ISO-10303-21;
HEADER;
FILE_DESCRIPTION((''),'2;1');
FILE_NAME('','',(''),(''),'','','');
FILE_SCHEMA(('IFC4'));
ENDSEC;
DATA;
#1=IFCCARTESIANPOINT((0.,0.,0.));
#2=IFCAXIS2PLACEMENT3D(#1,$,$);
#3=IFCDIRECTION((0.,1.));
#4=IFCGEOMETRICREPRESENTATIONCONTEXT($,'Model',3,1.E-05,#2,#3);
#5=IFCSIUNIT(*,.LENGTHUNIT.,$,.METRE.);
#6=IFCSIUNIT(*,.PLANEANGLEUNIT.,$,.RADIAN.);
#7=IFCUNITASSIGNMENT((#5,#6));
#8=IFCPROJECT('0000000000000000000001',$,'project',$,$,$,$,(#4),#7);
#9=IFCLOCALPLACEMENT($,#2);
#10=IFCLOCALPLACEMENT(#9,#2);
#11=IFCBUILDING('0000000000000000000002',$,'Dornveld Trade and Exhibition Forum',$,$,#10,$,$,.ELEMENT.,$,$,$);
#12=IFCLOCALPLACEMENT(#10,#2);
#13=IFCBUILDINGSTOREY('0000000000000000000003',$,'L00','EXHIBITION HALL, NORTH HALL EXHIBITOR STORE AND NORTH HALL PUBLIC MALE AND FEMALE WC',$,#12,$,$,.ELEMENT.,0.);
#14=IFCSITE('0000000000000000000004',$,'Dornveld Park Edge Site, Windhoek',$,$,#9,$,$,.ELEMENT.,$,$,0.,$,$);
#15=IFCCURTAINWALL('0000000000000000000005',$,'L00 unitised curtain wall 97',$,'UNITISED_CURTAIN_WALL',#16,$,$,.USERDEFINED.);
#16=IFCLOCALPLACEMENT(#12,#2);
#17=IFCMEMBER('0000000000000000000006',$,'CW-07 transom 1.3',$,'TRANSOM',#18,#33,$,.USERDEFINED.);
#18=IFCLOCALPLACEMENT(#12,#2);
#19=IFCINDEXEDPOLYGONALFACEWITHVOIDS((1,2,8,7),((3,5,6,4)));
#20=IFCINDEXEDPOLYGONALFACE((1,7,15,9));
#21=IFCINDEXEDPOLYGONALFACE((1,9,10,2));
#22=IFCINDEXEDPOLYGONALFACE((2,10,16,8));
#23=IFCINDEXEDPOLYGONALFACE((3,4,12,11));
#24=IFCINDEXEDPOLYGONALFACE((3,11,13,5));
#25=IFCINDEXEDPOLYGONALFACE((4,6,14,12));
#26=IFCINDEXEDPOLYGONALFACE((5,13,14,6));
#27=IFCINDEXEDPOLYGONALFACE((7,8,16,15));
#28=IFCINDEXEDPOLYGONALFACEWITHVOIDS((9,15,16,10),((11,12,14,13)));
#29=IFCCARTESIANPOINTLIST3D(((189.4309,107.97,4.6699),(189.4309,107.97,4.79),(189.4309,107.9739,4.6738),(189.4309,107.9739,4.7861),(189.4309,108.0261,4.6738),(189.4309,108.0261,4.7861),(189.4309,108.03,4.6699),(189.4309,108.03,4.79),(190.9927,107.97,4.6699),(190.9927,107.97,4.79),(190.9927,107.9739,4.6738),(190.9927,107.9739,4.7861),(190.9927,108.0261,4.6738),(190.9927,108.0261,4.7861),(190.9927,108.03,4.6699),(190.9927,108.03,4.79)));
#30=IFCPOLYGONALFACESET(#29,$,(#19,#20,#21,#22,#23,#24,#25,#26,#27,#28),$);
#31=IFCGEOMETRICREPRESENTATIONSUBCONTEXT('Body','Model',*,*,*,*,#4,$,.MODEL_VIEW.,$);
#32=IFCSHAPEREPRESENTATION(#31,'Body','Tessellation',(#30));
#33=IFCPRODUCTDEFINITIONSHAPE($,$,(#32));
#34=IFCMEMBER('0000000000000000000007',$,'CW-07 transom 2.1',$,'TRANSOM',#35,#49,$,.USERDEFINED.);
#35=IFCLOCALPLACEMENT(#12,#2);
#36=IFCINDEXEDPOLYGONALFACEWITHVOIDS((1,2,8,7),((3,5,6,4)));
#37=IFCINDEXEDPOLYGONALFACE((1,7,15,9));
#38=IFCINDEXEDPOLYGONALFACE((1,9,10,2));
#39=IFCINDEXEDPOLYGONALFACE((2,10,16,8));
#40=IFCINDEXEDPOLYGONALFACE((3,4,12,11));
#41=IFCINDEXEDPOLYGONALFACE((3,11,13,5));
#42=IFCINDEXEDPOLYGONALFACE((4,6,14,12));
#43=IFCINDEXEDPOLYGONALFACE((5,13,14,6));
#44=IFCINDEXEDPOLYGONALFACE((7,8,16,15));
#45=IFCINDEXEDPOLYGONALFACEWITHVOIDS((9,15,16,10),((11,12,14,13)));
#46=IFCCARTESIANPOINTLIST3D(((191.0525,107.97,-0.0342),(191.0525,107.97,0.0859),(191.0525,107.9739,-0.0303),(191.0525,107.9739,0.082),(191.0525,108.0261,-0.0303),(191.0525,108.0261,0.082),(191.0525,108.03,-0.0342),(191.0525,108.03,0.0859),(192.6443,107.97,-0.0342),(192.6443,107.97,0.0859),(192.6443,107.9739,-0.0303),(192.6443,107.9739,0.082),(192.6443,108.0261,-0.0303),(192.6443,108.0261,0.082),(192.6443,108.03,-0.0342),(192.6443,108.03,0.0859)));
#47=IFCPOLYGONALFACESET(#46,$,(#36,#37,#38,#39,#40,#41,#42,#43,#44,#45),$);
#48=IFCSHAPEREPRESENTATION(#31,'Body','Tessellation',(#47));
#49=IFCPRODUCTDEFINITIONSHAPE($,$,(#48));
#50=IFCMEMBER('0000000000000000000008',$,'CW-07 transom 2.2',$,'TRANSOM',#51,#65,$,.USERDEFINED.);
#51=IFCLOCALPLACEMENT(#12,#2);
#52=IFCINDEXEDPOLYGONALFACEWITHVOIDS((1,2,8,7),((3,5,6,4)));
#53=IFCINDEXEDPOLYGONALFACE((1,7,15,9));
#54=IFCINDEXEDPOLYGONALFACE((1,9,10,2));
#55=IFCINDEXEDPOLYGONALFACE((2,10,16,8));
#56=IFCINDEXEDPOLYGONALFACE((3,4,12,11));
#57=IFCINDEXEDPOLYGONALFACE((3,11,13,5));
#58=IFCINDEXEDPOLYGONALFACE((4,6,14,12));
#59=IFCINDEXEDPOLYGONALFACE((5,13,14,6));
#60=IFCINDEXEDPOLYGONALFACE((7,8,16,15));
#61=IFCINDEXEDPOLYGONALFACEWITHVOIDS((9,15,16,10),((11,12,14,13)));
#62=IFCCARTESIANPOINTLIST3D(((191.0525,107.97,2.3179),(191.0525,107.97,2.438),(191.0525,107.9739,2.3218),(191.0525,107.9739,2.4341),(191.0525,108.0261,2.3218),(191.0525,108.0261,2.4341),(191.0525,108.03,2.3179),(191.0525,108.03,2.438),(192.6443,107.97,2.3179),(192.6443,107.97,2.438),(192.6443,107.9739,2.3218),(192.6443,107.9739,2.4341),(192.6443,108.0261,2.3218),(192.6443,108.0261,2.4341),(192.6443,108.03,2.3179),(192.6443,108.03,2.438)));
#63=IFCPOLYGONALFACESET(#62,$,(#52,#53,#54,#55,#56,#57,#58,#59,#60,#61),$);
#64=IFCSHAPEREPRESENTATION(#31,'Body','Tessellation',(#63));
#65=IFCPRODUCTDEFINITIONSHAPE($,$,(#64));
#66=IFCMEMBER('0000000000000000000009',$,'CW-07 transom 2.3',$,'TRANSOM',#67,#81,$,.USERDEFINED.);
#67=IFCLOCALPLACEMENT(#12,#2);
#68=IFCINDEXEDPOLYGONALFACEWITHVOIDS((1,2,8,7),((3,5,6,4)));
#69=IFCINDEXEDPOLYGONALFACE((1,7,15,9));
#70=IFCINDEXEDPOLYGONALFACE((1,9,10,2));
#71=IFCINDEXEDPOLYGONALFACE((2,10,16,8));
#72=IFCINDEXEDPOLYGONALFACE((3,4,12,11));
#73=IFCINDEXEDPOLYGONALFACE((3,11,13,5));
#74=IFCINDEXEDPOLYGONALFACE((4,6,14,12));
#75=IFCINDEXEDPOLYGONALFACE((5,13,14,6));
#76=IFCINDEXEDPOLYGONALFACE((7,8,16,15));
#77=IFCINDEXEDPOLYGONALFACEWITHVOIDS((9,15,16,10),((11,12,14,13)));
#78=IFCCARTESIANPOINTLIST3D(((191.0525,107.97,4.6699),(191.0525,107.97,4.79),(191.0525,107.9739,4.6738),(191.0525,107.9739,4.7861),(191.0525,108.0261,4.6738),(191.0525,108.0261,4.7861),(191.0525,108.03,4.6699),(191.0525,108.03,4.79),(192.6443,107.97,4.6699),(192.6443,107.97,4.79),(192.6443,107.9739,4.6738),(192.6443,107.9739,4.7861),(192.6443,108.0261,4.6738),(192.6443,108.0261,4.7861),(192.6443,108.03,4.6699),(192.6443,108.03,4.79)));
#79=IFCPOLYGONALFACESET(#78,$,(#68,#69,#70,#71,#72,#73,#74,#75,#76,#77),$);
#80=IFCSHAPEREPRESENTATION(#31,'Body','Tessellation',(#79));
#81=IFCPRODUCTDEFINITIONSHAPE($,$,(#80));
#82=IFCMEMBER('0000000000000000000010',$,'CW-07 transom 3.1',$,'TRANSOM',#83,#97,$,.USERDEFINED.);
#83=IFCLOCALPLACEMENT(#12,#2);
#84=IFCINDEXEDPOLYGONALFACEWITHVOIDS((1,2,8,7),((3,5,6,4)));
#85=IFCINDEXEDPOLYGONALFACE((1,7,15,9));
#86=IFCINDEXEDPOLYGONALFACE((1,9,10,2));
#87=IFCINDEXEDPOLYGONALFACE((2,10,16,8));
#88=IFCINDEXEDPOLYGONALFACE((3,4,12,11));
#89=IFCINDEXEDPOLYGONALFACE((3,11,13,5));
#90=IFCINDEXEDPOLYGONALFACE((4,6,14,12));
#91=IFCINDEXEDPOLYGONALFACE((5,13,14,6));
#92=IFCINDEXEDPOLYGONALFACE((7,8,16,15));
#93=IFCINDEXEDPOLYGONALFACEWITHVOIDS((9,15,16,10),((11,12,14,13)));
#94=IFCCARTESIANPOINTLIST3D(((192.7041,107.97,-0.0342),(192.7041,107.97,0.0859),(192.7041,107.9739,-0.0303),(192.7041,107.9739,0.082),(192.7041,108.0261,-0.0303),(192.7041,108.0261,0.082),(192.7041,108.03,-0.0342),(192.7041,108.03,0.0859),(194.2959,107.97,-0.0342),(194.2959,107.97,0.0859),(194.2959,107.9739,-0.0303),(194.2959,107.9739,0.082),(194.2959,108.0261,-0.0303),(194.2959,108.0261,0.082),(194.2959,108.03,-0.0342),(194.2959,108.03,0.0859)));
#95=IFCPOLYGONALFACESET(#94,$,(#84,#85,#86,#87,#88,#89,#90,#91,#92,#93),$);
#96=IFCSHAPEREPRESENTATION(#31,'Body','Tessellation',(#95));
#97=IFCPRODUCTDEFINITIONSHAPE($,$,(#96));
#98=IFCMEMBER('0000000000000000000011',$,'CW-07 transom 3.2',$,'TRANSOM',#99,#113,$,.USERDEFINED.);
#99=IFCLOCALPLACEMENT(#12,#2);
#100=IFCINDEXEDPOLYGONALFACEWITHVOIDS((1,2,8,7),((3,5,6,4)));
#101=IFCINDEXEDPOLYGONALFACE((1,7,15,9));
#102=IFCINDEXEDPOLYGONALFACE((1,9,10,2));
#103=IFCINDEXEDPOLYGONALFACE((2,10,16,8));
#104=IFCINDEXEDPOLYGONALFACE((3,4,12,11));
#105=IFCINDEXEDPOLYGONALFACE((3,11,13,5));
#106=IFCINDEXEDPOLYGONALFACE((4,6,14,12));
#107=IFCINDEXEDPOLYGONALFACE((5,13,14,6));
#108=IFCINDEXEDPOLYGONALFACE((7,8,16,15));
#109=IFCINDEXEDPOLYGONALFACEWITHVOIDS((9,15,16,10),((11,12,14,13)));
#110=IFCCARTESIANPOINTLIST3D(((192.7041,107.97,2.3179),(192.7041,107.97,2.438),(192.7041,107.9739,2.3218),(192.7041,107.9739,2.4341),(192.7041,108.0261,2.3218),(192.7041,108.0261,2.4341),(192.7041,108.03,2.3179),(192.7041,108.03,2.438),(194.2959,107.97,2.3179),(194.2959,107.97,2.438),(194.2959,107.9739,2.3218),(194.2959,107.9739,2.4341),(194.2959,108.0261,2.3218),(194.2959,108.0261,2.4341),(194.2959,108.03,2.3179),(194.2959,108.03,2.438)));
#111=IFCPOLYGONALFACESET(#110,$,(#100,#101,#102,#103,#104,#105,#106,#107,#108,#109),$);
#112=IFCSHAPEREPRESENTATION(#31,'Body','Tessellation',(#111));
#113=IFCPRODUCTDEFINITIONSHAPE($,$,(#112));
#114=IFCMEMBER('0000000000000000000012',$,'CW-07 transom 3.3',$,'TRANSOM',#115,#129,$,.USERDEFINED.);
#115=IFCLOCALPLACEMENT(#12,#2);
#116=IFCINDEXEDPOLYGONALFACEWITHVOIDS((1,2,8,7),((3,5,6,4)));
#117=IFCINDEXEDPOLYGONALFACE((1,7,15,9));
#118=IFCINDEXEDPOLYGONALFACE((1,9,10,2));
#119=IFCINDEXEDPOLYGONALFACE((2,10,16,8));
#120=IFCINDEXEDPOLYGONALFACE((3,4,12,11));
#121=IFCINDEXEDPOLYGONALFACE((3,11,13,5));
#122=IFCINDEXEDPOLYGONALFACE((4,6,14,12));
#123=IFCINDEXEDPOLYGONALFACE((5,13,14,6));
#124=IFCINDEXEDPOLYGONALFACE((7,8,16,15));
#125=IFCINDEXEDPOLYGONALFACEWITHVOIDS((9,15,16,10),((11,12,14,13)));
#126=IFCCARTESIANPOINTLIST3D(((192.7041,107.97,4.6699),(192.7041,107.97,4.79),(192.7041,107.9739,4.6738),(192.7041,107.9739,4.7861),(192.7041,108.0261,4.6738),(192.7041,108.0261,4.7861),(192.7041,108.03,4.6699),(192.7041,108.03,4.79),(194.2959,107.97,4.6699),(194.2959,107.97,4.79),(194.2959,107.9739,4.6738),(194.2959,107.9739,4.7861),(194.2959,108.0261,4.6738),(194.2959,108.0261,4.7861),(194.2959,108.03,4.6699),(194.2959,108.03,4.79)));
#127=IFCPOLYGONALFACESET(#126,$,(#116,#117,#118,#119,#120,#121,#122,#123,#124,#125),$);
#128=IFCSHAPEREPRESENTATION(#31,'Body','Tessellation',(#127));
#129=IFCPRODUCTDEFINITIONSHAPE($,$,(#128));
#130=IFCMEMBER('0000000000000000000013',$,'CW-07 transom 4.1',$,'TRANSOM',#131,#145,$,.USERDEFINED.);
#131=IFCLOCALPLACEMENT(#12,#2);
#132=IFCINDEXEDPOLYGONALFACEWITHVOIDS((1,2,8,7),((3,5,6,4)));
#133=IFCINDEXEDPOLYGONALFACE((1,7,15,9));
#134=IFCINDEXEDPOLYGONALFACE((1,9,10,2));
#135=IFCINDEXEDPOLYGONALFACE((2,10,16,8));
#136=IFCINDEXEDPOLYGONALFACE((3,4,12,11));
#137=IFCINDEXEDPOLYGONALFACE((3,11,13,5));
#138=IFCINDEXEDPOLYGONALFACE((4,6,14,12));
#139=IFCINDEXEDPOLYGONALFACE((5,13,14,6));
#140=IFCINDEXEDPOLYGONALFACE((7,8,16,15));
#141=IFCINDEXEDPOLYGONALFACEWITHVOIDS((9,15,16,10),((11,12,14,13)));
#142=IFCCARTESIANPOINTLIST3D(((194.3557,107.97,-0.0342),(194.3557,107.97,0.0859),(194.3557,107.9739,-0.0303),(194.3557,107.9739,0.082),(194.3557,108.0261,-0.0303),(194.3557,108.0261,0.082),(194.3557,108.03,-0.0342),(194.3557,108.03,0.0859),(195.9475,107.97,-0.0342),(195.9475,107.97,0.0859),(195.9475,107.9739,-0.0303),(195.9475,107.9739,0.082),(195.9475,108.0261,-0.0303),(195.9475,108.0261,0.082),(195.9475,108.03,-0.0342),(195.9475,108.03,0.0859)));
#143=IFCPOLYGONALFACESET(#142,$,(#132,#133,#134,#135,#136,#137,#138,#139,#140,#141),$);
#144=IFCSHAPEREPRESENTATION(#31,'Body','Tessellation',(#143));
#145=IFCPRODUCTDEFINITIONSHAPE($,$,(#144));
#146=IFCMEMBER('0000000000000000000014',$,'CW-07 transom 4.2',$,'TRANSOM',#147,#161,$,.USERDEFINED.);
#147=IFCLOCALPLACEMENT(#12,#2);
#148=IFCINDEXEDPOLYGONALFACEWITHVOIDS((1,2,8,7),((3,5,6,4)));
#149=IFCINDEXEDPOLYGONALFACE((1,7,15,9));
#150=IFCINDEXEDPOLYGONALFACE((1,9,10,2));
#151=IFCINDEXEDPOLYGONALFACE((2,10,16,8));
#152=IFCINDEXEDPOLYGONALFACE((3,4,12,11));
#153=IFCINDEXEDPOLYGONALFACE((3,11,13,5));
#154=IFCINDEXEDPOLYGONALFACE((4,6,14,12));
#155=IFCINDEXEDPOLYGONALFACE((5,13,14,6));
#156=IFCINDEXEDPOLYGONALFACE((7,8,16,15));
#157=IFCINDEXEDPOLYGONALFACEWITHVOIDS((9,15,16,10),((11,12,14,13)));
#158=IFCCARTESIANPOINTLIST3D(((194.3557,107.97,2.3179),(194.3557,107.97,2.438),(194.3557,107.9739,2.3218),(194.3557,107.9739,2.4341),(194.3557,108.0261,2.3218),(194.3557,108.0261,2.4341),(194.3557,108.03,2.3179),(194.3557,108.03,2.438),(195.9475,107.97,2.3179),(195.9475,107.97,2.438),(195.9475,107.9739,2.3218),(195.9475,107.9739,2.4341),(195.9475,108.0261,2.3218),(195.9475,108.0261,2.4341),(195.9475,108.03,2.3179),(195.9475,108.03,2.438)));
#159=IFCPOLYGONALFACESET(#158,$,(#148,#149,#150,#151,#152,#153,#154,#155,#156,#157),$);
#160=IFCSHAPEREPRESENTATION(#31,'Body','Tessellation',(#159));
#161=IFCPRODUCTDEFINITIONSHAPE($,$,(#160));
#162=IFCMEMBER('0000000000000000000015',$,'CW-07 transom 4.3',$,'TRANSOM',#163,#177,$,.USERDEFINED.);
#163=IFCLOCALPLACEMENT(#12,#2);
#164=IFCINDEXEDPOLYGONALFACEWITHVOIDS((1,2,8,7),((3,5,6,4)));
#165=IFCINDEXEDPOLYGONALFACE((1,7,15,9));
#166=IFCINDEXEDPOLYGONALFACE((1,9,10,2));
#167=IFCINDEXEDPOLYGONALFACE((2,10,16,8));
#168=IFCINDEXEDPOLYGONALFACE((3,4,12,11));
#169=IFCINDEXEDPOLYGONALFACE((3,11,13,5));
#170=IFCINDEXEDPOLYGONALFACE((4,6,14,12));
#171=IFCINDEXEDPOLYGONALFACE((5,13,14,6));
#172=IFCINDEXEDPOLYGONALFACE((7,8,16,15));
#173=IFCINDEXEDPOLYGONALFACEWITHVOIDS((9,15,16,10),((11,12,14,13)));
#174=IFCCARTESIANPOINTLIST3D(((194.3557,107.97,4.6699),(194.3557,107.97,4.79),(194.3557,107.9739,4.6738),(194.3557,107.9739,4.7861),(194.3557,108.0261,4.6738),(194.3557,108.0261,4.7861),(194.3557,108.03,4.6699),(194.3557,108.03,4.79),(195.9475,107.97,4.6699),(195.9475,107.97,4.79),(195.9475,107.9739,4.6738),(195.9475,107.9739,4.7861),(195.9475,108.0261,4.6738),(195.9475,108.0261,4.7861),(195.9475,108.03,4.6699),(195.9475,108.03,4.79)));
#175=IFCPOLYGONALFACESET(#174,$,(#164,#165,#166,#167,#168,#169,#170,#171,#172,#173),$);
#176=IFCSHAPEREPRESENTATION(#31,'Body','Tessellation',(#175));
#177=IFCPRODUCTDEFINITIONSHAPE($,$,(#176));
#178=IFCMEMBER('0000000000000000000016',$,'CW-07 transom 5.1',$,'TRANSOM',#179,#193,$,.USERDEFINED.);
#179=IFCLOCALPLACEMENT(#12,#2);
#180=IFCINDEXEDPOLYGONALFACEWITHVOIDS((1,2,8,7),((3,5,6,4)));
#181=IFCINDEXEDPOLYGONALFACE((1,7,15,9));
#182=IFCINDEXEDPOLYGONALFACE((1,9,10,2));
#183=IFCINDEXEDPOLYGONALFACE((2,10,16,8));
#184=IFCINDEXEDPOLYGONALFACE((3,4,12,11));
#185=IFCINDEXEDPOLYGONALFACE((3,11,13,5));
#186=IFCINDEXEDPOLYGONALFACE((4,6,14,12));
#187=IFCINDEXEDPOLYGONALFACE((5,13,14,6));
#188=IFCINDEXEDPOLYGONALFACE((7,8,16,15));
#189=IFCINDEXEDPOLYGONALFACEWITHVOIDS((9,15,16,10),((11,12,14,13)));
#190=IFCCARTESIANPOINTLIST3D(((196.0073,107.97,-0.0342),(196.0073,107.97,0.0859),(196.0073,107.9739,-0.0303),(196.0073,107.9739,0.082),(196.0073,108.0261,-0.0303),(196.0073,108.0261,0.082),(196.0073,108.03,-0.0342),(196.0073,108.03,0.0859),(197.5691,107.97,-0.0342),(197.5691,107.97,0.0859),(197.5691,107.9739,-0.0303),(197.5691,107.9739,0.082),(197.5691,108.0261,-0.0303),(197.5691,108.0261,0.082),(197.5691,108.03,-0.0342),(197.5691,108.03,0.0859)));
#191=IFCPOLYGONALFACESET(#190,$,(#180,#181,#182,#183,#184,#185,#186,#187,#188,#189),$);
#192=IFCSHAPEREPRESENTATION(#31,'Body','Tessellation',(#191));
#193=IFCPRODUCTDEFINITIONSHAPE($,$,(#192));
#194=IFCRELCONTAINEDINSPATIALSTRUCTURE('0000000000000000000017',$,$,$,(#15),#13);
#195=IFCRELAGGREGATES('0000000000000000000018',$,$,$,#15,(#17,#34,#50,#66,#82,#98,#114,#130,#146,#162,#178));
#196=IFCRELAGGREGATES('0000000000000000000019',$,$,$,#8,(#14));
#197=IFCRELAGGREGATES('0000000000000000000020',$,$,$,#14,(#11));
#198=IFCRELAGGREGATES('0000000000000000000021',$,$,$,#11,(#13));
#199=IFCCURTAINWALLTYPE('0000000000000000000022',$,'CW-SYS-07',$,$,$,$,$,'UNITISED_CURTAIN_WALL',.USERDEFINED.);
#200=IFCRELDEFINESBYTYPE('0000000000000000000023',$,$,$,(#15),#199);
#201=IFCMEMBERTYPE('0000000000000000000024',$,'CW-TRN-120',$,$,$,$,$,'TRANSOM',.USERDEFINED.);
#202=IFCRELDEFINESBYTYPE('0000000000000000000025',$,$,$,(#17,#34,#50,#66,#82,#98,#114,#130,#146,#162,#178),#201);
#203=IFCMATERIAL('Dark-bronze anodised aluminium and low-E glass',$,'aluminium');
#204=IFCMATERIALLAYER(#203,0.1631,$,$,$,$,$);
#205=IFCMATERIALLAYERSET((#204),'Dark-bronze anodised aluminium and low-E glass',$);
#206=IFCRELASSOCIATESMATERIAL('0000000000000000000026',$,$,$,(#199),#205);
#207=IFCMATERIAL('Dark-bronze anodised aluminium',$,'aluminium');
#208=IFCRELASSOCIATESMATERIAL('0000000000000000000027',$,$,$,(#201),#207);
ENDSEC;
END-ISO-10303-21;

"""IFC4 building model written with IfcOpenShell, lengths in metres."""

from ifc_helpers import new_model, si_unit, direction, frame, origin, origin_2d, place, context, subcontext, project, spatial, hollow_rectangle, extrude, material, layer, layer_set, material_profile, profile_set, type_object, element, aggregate, save


model = new_model("IFC4")

# Units and contexts
model_context = context("Model", 3, precision=1e-05, world=origin(), true_north=direction((0.0, 1.0)))
body_context = subcontext(model_context, "Body", "Model", "MODEL_VIEW")
ifc_project = project(units=[si_unit("LENGTHUNIT", "METRE"), si_unit("PLANEANGLEUNIT", "RADIAN")], contexts=[model_context])

# Site, building, storey
site_placement = place(None, origin())
site = spatial("IfcSite", under=ifc_project, at=site_placement, Name="Dornveld Park Edge Site, Windhoek", CompositionType="ELEMENT", RefElevation=0.0)
building_placement = place(site_placement, origin())
building = spatial("IfcBuilding", under=site, at=building_placement, Name="Dornveld Trade and Exhibition Forum", CompositionType="ELEMENT")
storey_placement = place(building_placement, origin())
storey = spatial("IfcBuildingStorey", under=building, at=storey_placement, Name="L00", Description="EXHIBITION HALL, NORTH HALL EXHIBITOR STORE AND NORTH HALL PUBLIC MALE AND FEMALE WC", CompositionType="ELEMENT", Elevation=0.0)

# Curtain wall, members
ifc_material_1 = material(Name="Dark-bronze anodised aluminium and low-E glass", Category="aluminium")
ifc_layer_1 = layer(ifc_material_1, 0.1631)
ifc_layer_set_1 = layer_set([ifc_layer_1], Name="Dark-bronze anodised aluminium and low-E glass")
curtain_wall_type_1 = type_object("IfcCurtainWallType", Name="CW-SYS-07", ElementType="UNITISED_CURTAIN_WALL", PredefinedType="USERDEFINED", material=ifc_layer_set_1)
curtain_wall_1_placement = place(storey_placement, origin())
curtain_wall_1 = element("IfcCurtainWall", 1, at=curtain_wall_1_placement, inside=storey, type_object=curtain_wall_type_1, Name="L00 unitised curtain wall 97", ObjectType="UNITISED_CURTAIN_WALL", PredefinedType="USERDEFINED")
ifc_material_2 = material(Name="Dark-bronze anodised aluminium", Category="aluminium")
ifc_material_profile_1 = material_profile(ifc_material_2, hollow_rectangle(XDim=0.0601, YDim=0.1201, WallThickness=0.0039, at=origin_2d()), Name="RHS 120x60x4")
ifc_profile_set_1 = profile_set([ifc_material_profile_1], Name="Dark-bronze anodised aluminium")
member_type_1 = type_object("IfcMemberType", Name="CW-TRN-120", ElementType="TRANSOM", PredefinedType="USERDEFINED", material=ifc_profile_set_1)
member_1_placement = place(storey_placement, frame((189.4309, 108.0, 4.73), z_axis=(1.0, 0.0, 0.0), x_axis=(0.0, 1.0, 0.0)))
member_1 = element("IfcMember", 2, at=member_1_placement, type_object=member_type_1, Name="CW-07 transom 1.3", ObjectType="TRANSOM", PredefinedType="USERDEFINED", context=body_context, shape_type="SweptSolid", body=[
    extrude(hollow_rectangle(XDim=0.0601, YDim=0.1201, WallThickness=0.0039, at=origin_2d()), origin(), (0.0, 0.0, 1.0), 1.5618),
])
member_2_placement = place(storey_placement, frame((191.0525, 108.0, 0.0259), z_axis=(1.0, 0.0, 0.0), x_axis=(0.0, 1.0, 0.0)))
member_2 = element("IfcMember", 3, at=member_2_placement, type_object=member_type_1, Name="CW-07 transom 2.1", ObjectType="TRANSOM", PredefinedType="USERDEFINED", context=body_context, shape_type="SweptSolid", body=[
    extrude(hollow_rectangle(XDim=0.0601, YDim=0.1201, WallThickness=0.0039, at=origin_2d()), origin(), (0.0, 0.0, 1.0), 1.5918),
])
member_3_placement = place(storey_placement, frame((191.0525, 108.0, 2.3779), z_axis=(1.0, 0.0, 0.0), x_axis=(0.0, 1.0, 0.0)))
member_3 = element("IfcMember", 4, at=member_3_placement, type_object=member_type_1, Name="CW-07 transom 2.2", ObjectType="TRANSOM", PredefinedType="USERDEFINED", context=body_context, shape_type="SweptSolid", body=[
    extrude(hollow_rectangle(XDim=0.0601, YDim=0.1201, WallThickness=0.0039, at=origin_2d()), origin(), (0.0, 0.0, 1.0), 1.5918),
])
member_4_placement = place(storey_placement, frame((191.0525, 108.0, 4.73), z_axis=(1.0, 0.0, 0.0), x_axis=(0.0, 1.0, 0.0)))
member_4 = element("IfcMember", 5, at=member_4_placement, type_object=member_type_1, Name="CW-07 transom 2.3", ObjectType="TRANSOM", PredefinedType="USERDEFINED", context=body_context, shape_type="SweptSolid", body=[
    extrude(hollow_rectangle(XDim=0.0601, YDim=0.1201, WallThickness=0.0039, at=origin_2d()), origin(), (0.0, 0.0, 1.0), 1.5918),
])
member_5_placement = place(storey_placement, frame((192.7041, 108.0, 0.0259), z_axis=(1.0, 0.0, 0.0), x_axis=(0.0, 1.0, 0.0)))
member_5 = element("IfcMember", 6, at=member_5_placement, type_object=member_type_1, Name="CW-07 transom 3.1", ObjectType="TRANSOM", PredefinedType="USERDEFINED", context=body_context, shape_type="SweptSolid", body=[
    extrude(hollow_rectangle(XDim=0.0601, YDim=0.1201, WallThickness=0.0039, at=origin_2d()), origin(), (0.0, 0.0, 1.0), 1.5918),
])
member_6_placement = place(storey_placement, frame((192.7041, 108.0, 2.3779), z_axis=(1.0, 0.0, 0.0), x_axis=(0.0, 1.0, 0.0)))
member_6 = element("IfcMember", 7, at=member_6_placement, type_object=member_type_1, Name="CW-07 transom 3.2", ObjectType="TRANSOM", PredefinedType="USERDEFINED", context=body_context, shape_type="SweptSolid", body=[
    extrude(hollow_rectangle(XDim=0.0601, YDim=0.1201, WallThickness=0.0039, at=origin_2d()), origin(), (0.0, 0.0, 1.0), 1.5918),
])
member_7_placement = place(storey_placement, frame((192.7041, 108.0, 4.73), z_axis=(1.0, 0.0, 0.0), x_axis=(0.0, 1.0, 0.0)))
member_7 = element("IfcMember", 8, at=member_7_placement, type_object=member_type_1, Name="CW-07 transom 3.3", ObjectType="TRANSOM", PredefinedType="USERDEFINED", context=body_context, shape_type="SweptSolid", body=[
    extrude(hollow_rectangle(XDim=0.0601, YDim=0.1201, WallThickness=0.0039, at=origin_2d()), origin(), (0.0, 0.0, 1.0), 1.5918),
])
member_8_placement = place(storey_placement, frame((194.3557, 108.0, 0.0259), z_axis=(1.0, 0.0, 0.0), x_axis=(0.0, 1.0, 0.0)))
member_8 = element("IfcMember", 9, at=member_8_placement, type_object=member_type_1, Name="CW-07 transom 4.1", ObjectType="TRANSOM", PredefinedType="USERDEFINED", context=body_context, shape_type="SweptSolid", body=[
    extrude(hollow_rectangle(XDim=0.0601, YDim=0.1201, WallThickness=0.0039, at=origin_2d()), origin(), (0.0, 0.0, 1.0), 1.5918),
])
member_9_placement = place(storey_placement, frame((194.3557, 108.0, 2.3779), z_axis=(1.0, 0.0, 0.0), x_axis=(0.0, 1.0, 0.0)))
member_9 = element("IfcMember", 10, at=member_9_placement, type_object=member_type_1, Name="CW-07 transom 4.2", ObjectType="TRANSOM", PredefinedType="USERDEFINED", context=body_context, shape_type="SweptSolid", body=[
    extrude(hollow_rectangle(XDim=0.0601, YDim=0.1201, WallThickness=0.0039, at=origin_2d()), origin(), (0.0, 0.0, 1.0), 1.5918),
])
member_10_placement = place(storey_placement, frame((194.3557, 108.0, 4.73), z_axis=(1.0, 0.0, 0.0), x_axis=(0.0, 1.0, 0.0)))
member_10 = element("IfcMember", 11, at=member_10_placement, type_object=member_type_1, Name="CW-07 transom 4.3", ObjectType="TRANSOM", PredefinedType="USERDEFINED", context=body_context, shape_type="SweptSolid", body=[
    extrude(hollow_rectangle(XDim=0.0601, YDim=0.1201, WallThickness=0.0039, at=origin_2d()), origin(), (0.0, 0.0, 1.0), 1.5918),
])
member_11_placement = place(storey_placement, frame((196.0073, 108.0, 0.0259), z_axis=(1.0, 0.0, 0.0), x_axis=(0.0, 1.0, 0.0)))
member_11 = element("IfcMember", 12, at=member_11_placement, type_object=member_type_1, Name="CW-07 transom 5.1", ObjectType="TRANSOM", PredefinedType="USERDEFINED", context=body_context, shape_type="SweptSolid", body=[
    extrude(hollow_rectangle(XDim=0.0601, YDim=0.1201, WallThickness=0.0039, at=origin_2d()), origin(), (0.0, 0.0, 1.0), 1.5618),
])
aggregate(curtain_wall_1, [member_1, member_2, member_3, member_4, member_5, member_6, member_7, member_8, member_9, member_10, member_11])

save(model, "model.ifc")
